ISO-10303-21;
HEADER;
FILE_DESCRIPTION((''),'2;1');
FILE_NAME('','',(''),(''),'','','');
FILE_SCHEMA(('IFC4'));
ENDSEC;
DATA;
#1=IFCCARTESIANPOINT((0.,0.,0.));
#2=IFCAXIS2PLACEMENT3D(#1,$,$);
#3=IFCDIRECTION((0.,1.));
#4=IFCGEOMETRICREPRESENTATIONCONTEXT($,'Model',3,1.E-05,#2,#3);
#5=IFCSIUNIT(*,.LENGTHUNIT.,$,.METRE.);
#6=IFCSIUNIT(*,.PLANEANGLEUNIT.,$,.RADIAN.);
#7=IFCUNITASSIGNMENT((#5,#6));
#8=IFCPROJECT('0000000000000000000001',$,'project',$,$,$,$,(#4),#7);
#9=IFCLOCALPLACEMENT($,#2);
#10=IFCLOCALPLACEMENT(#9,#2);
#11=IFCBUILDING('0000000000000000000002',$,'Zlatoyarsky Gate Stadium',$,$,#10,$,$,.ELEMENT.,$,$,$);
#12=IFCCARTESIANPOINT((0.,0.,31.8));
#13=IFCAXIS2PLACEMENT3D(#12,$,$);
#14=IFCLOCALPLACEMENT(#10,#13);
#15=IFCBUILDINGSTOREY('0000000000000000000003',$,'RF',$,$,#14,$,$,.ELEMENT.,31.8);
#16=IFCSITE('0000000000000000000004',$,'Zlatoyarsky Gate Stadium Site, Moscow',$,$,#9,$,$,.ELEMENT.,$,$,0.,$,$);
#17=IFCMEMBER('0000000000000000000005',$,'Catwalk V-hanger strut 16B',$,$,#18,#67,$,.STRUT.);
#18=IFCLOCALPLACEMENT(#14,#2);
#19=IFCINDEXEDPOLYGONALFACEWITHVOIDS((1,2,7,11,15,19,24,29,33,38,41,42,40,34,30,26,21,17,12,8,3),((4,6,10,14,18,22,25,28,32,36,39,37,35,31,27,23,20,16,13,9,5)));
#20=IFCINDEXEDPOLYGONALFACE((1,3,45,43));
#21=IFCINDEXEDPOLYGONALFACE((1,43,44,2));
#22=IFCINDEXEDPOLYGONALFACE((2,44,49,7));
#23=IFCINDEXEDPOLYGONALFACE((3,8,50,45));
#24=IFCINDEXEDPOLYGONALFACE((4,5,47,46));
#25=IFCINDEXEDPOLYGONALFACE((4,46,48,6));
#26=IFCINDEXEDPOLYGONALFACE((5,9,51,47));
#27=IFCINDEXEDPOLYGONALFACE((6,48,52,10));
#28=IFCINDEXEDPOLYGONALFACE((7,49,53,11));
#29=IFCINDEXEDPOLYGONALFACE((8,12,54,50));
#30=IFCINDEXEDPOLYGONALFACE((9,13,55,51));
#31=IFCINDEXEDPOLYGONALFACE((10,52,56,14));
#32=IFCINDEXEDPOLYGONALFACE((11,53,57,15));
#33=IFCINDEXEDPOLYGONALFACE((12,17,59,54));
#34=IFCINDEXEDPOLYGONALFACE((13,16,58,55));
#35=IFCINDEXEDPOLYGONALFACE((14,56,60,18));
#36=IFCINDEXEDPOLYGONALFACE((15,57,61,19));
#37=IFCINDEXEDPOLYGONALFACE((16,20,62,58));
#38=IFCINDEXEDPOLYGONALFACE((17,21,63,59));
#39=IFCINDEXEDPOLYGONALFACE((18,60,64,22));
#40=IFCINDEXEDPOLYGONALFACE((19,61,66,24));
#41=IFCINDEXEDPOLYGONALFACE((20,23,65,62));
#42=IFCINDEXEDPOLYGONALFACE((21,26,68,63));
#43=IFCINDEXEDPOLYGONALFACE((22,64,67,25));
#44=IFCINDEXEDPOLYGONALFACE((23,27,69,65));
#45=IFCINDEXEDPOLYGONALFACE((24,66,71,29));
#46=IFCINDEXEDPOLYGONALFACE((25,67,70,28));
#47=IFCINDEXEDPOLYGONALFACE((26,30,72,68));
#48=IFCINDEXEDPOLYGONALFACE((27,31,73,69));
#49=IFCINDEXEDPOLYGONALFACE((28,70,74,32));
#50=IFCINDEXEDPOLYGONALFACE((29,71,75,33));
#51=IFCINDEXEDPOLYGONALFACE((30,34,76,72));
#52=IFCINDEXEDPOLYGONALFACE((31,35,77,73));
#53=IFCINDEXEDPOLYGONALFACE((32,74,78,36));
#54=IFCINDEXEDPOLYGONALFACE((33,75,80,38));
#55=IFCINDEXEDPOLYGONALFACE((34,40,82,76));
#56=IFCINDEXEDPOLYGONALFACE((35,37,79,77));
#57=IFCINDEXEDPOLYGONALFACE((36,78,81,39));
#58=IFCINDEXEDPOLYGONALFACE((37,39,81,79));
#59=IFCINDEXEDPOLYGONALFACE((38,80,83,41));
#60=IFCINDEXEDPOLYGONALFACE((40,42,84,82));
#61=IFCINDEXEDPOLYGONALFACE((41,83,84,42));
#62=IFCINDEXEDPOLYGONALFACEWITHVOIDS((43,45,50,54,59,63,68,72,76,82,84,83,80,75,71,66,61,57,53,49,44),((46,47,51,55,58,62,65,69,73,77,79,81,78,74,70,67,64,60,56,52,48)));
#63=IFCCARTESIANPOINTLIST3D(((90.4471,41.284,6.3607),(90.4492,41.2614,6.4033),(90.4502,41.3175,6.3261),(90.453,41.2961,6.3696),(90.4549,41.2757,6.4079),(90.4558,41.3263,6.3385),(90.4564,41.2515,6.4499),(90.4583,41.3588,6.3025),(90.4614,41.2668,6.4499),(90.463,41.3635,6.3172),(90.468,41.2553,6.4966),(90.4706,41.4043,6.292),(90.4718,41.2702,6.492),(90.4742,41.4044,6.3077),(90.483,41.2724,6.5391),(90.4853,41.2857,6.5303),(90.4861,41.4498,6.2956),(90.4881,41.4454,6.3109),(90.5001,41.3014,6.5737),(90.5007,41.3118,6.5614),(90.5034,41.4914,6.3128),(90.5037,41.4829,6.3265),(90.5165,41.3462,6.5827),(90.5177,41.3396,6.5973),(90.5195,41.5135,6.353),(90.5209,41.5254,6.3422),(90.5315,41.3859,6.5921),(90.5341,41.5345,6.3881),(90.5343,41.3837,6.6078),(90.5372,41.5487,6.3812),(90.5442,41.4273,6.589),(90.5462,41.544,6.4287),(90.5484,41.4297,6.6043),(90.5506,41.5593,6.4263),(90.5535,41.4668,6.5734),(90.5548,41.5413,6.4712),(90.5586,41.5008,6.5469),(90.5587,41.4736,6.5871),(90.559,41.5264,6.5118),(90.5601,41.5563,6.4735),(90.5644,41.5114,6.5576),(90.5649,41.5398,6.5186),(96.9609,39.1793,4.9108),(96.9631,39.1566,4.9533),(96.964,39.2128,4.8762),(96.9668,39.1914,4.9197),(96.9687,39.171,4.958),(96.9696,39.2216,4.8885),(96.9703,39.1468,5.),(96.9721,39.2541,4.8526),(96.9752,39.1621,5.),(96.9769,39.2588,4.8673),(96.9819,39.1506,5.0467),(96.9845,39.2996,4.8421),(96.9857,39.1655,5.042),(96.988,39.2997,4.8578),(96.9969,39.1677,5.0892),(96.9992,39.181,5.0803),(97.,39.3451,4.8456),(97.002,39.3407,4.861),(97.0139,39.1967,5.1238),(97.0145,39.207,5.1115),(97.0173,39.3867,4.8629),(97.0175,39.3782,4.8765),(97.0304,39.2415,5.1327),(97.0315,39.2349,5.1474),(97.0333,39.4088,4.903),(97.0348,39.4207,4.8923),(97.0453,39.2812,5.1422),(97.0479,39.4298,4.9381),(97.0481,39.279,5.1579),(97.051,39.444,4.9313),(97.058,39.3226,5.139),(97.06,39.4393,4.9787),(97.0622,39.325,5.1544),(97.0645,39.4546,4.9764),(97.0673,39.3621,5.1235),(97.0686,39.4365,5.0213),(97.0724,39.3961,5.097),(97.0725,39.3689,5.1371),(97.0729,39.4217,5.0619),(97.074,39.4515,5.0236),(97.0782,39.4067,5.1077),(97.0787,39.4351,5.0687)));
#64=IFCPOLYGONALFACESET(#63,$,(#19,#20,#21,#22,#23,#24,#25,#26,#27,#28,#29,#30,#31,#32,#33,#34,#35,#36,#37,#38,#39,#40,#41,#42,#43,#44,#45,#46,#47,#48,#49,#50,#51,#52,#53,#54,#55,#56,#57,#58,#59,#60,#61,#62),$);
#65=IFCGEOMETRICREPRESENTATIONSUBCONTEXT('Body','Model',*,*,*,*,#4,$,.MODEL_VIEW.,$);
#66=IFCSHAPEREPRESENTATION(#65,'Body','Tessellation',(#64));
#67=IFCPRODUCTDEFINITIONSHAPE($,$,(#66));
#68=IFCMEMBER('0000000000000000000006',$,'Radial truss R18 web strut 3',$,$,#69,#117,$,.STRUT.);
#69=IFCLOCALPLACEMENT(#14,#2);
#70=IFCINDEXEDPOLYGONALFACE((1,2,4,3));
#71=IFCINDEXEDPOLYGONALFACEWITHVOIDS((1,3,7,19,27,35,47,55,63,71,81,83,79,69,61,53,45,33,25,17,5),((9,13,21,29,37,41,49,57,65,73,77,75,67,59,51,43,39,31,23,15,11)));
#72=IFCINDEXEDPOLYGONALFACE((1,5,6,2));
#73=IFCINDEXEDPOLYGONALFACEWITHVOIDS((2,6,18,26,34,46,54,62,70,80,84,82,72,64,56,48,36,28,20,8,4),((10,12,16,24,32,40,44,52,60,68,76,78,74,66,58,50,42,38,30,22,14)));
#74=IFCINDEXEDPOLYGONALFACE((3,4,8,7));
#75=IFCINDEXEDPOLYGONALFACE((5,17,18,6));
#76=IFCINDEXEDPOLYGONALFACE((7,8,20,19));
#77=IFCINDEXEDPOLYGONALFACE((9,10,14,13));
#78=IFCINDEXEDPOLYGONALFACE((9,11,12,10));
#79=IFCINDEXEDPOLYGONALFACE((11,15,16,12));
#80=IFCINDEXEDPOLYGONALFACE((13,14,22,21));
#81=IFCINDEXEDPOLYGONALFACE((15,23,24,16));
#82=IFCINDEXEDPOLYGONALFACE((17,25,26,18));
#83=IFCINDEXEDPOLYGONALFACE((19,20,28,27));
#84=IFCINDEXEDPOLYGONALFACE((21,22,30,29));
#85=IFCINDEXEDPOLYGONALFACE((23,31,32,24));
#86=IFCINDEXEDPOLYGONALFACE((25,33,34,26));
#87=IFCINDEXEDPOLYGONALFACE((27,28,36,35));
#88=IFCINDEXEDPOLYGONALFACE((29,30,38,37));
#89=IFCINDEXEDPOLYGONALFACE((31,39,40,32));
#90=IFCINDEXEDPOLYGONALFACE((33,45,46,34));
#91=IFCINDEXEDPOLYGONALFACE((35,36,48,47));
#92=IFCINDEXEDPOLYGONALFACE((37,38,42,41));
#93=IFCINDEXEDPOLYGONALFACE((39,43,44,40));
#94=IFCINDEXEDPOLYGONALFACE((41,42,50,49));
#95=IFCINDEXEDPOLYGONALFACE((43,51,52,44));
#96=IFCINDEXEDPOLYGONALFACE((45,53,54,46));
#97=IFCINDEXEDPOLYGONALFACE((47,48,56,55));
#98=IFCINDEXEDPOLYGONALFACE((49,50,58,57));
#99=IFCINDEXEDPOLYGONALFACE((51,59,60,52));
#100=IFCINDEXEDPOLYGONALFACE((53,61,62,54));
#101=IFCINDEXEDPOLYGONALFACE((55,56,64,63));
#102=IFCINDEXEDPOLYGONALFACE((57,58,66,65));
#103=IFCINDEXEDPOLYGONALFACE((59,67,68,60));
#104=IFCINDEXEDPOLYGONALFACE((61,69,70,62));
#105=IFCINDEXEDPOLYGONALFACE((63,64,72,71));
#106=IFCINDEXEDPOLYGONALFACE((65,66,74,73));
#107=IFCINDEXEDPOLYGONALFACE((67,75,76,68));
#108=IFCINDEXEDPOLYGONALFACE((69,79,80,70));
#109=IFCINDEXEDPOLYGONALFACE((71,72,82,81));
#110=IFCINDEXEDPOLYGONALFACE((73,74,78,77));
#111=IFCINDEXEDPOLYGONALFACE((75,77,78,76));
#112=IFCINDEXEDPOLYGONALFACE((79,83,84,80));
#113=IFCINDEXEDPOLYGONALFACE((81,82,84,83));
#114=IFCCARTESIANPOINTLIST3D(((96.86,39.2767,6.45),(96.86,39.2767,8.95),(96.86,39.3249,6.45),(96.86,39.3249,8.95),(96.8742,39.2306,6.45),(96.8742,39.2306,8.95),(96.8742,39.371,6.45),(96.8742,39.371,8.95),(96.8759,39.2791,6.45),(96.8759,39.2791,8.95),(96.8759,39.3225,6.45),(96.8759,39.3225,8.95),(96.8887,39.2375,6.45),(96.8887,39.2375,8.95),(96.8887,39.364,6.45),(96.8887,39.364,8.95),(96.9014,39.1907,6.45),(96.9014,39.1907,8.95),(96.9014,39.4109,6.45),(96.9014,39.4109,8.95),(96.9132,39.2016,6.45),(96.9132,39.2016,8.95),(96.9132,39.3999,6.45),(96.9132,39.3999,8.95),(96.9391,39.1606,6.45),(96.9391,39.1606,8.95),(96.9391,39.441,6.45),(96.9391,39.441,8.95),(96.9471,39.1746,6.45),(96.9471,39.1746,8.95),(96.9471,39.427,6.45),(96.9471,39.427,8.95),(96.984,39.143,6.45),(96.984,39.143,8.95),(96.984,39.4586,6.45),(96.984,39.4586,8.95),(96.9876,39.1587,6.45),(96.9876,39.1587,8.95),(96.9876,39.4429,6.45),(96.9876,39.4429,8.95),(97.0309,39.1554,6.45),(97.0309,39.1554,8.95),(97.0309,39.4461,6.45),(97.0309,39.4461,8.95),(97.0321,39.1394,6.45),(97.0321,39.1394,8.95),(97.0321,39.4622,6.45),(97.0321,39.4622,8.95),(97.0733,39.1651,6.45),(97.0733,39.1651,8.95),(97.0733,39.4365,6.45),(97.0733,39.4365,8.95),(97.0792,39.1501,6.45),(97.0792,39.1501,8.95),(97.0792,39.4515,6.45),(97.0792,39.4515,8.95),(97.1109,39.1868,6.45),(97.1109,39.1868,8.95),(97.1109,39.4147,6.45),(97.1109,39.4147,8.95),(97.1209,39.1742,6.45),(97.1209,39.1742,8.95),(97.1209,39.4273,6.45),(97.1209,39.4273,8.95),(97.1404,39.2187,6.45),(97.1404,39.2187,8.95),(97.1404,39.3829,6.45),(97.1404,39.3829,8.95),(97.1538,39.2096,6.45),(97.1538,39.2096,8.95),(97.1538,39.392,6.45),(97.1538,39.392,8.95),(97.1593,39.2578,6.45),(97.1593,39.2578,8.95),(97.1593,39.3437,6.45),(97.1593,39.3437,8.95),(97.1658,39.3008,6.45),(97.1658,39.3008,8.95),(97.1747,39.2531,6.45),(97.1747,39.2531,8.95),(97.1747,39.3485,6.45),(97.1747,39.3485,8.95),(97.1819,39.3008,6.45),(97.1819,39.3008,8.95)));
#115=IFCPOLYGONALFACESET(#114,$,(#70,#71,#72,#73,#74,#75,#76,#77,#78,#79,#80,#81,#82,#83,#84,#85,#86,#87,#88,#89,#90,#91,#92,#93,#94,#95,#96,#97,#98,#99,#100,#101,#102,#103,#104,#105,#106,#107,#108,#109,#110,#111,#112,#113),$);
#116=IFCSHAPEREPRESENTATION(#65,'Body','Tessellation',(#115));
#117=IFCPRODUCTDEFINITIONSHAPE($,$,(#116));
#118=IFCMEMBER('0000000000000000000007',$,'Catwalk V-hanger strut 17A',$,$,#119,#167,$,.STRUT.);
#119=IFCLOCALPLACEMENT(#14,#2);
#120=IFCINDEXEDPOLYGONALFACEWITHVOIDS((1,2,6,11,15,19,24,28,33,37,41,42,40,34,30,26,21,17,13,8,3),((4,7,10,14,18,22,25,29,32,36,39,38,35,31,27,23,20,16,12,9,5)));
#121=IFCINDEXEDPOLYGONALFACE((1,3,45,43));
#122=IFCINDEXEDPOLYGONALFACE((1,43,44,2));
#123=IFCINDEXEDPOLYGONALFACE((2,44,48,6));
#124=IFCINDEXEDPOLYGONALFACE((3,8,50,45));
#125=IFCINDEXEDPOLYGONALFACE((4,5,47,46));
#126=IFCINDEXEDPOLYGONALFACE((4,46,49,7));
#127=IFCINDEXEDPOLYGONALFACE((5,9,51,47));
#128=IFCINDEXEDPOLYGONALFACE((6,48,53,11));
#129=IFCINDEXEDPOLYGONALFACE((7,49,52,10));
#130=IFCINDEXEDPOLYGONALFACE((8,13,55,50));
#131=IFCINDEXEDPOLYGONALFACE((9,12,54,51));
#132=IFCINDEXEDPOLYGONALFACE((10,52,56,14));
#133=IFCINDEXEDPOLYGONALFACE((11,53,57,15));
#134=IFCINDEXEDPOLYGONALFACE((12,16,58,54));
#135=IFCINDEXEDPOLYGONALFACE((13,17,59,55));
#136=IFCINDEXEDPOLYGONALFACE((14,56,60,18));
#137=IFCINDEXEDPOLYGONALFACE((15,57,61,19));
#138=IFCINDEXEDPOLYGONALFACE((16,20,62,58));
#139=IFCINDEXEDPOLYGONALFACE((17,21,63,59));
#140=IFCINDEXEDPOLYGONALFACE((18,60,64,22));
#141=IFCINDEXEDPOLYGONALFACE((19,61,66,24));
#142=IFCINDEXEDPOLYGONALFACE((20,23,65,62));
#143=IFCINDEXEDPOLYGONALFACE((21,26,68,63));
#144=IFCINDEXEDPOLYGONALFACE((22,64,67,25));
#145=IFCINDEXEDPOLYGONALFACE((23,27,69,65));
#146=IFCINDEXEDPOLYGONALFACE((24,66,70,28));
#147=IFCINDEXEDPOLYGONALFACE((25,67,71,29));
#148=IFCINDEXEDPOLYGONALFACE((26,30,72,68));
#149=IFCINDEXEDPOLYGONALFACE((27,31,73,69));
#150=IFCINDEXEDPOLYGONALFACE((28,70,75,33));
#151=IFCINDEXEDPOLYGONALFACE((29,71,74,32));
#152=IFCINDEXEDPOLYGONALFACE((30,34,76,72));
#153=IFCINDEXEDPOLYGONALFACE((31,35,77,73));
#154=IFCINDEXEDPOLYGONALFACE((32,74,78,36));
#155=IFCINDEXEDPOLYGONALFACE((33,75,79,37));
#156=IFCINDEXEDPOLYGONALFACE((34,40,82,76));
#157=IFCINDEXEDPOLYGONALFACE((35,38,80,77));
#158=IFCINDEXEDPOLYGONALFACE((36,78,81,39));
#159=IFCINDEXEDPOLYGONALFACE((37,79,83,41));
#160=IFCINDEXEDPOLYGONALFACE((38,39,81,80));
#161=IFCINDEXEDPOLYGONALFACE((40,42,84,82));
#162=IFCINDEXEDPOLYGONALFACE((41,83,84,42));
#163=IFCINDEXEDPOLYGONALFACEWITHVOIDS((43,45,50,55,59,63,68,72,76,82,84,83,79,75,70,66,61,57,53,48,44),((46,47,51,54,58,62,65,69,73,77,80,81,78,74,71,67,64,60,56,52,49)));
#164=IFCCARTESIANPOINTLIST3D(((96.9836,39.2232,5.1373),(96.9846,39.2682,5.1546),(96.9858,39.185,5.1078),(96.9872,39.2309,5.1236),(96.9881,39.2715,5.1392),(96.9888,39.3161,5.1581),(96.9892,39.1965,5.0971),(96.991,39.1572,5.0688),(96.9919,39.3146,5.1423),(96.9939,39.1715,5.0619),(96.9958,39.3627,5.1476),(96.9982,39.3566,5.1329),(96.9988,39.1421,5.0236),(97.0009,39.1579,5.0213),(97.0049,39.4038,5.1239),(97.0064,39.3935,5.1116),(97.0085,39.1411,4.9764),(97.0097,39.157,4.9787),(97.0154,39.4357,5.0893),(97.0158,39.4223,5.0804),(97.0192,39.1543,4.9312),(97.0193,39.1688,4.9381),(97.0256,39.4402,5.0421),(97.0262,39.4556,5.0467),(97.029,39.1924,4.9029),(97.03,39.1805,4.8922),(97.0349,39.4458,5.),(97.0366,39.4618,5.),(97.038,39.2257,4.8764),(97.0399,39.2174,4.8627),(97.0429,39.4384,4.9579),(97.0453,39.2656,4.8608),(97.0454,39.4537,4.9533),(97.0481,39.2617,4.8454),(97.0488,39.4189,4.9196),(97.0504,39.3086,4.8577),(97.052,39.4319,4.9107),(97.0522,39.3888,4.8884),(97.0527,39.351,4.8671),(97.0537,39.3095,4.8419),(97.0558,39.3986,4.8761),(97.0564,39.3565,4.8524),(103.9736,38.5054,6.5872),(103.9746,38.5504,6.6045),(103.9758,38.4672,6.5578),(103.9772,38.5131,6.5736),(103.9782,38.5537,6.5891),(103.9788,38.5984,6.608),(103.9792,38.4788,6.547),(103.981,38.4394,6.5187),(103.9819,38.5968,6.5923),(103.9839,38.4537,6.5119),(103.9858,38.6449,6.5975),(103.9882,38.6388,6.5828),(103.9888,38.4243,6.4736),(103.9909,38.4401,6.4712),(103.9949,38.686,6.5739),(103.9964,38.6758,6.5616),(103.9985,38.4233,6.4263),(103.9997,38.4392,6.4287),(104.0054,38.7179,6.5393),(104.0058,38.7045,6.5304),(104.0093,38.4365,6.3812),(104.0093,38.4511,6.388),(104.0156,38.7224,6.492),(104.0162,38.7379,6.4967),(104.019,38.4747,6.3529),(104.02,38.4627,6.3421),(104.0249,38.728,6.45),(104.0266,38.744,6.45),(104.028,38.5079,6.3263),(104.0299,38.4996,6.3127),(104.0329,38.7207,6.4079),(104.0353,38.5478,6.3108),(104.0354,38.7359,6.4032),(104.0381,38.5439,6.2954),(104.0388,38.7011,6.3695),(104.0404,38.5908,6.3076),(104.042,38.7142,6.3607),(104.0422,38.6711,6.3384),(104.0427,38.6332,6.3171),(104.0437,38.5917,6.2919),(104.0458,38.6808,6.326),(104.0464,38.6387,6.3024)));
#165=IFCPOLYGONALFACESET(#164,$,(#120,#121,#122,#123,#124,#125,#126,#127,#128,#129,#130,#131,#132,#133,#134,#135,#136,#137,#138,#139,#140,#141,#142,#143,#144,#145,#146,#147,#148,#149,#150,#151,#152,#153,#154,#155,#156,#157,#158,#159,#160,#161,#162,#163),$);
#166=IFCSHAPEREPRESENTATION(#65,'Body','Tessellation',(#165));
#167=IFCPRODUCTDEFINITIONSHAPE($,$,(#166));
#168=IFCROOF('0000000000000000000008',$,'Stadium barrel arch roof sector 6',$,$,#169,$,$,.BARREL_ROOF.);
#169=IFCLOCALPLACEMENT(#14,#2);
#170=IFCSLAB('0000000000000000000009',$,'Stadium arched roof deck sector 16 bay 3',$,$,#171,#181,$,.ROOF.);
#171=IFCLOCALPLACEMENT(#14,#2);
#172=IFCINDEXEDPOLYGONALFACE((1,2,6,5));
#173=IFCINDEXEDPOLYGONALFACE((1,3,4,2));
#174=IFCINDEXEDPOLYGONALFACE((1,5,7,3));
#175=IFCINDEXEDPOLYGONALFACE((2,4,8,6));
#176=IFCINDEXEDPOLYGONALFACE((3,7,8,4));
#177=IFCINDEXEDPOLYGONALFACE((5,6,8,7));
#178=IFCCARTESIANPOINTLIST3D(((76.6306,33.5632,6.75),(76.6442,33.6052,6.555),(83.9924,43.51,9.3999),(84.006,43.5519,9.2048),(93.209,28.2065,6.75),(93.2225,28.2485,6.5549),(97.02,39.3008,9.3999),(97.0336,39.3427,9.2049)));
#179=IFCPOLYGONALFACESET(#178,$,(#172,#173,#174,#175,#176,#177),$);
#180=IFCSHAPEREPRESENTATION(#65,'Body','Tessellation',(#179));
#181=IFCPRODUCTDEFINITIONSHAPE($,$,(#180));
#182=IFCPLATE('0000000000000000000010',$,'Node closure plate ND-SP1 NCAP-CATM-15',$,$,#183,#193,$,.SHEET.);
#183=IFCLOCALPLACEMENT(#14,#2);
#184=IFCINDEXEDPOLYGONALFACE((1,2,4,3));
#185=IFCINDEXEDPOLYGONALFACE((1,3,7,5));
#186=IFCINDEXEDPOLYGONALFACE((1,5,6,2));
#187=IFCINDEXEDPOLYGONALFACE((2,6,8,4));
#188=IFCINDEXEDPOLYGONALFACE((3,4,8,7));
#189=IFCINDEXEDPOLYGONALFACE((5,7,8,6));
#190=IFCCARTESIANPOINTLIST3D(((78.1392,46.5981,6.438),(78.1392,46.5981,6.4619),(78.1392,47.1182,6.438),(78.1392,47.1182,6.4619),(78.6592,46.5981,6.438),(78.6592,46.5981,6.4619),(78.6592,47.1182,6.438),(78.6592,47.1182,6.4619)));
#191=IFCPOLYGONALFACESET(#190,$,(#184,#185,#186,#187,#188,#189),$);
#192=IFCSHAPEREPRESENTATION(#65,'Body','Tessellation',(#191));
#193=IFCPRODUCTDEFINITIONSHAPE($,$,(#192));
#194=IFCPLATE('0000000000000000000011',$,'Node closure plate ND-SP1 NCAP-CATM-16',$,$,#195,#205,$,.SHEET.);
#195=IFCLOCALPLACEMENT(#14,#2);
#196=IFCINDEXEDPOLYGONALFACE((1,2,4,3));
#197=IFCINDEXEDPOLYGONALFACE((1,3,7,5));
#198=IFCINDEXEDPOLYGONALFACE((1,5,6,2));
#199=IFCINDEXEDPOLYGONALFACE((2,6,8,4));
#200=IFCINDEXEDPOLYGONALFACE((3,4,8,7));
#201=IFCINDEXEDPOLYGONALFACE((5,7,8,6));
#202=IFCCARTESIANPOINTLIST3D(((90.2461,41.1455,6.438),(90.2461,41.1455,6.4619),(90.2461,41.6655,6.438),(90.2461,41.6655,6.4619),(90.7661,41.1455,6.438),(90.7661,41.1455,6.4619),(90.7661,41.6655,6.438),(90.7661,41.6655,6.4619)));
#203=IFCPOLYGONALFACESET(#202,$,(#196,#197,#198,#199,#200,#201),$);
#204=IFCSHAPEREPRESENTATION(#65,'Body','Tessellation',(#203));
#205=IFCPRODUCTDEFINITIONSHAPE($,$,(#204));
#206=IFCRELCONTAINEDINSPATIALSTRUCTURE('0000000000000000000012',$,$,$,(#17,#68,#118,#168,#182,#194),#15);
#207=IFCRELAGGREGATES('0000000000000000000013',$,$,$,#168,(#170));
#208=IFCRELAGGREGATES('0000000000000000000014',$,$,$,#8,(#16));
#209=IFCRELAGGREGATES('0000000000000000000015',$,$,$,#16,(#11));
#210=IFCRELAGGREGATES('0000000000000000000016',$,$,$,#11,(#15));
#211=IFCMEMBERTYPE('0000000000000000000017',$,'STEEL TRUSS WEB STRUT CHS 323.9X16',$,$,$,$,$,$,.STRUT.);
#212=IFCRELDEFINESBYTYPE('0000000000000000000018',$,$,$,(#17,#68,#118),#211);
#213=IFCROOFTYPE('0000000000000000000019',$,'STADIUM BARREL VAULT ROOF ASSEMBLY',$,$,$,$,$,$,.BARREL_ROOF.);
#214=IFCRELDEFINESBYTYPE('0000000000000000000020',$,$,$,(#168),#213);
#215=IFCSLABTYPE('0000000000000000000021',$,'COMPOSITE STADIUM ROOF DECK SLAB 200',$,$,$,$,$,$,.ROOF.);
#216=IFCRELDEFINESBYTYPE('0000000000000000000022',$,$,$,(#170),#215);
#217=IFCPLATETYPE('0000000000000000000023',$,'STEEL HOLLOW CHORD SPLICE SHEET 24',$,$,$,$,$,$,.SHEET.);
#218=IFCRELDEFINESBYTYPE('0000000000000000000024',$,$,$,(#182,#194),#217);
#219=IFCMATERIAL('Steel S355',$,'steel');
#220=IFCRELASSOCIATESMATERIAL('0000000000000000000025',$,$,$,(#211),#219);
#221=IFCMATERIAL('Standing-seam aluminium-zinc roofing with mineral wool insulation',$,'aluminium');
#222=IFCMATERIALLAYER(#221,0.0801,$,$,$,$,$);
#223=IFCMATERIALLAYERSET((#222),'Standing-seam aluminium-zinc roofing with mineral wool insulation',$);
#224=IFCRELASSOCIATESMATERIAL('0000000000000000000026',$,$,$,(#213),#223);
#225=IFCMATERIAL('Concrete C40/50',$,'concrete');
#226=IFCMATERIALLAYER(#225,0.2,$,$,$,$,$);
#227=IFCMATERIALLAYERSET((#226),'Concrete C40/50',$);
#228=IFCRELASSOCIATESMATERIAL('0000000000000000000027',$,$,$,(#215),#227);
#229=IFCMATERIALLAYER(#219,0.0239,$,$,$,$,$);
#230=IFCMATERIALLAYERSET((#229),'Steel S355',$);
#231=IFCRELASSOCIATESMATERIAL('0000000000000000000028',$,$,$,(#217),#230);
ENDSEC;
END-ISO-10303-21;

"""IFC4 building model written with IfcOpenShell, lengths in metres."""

from ifc_helpers import new_model, si_unit, direction, frame, origin, origin_2d, place, context, subcontext, project, spatial, polyline, rectangle, hollow_circle, outline, extrude, material, layer, layer_set, material_profile, profile_set, type_object, element, aggregate, save


model = new_model("IFC4")

# Units and contexts
model_context = context("Model", 3, precision=1e-05, world=origin(), true_north=direction((0.0, 1.0)))
body_context = subcontext(model_context, "Body", "Model", "MODEL_VIEW")
ifc_project = project(units=[si_unit("LENGTHUNIT", "METRE"), si_unit("PLANEANGLEUNIT", "RADIAN")], contexts=[model_context])

# Site, building, storey
site_placement = place(None, origin())
site = spatial("IfcSite", under=ifc_project, at=site_placement, Name="Zlatoyarsky Gate Stadium Site, Moscow", CompositionType="ELEMENT", RefElevation=0.0)
building_placement = place(site_placement, origin())
building = spatial("IfcBuilding", under=site, at=building_placement, Name="Zlatoyarsky Gate Stadium", CompositionType="ELEMENT")
storey_placement = place(building_placement, frame((0.0, 0.0, 31.8)))
storey = spatial("IfcBuildingStorey", under=building, at=storey_placement, Name="RF", CompositionType="ELEMENT", Elevation=31.8)

# Shared definitions
ifc_material_1 = material(Name="Steel S355", Category="steel")

# Members
ifc_material_profile_1 = material_profile(ifc_material_1, hollow_circle(Radius=0.1619, WallThickness=0.0161, at=origin_2d()), Name="CHS 323.9X16")
ifc_profile_set_1 = profile_set([ifc_material_profile_1], Name="Steel S355")
member_type_1 = type_object("IfcMemberType", Name="STEEL TRUSS WEB STRUT CHS 323.9X16", PredefinedType="STRUT", material=ifc_profile_set_1)
member_1_placement = place(storey_placement, frame((97.02, 39.3008, 5.0), z_axis=(-0.930907, 0.300789, 0.207213), x_axis=(-0.307462, -0.95156, 0.0)))
element("IfcMember", 1, at=member_1_placement, inside=storey, type_object=member_type_1, Name="Catwalk V-hanger strut 16B", PredefinedType="STRUT", context=body_context, shape_type="SweptSolid", body=[
    extrude(hollow_circle(Radius=0.1619, WallThickness=0.0161, at=origin_2d()), origin(), (0.0, 0.0, 1.0), 6.9973),
])
member_2_placement = place(storey_placement, frame((97.02, 39.3008, 6.45), z_axis=(0.0, 0.0, 1.0), x_axis=(1.0, 0.0, 0.0)))
element("IfcMember", 2, at=member_2_placement, inside=storey, type_object=member_type_1, Name="Radial truss R18 web strut 3", PredefinedType="STRUT", context=body_context, shape_type="SweptSolid", body=[
    extrude(hollow_circle(Radius=0.1619, WallThickness=0.0161, at=origin_2d()), origin(), (0.0, 0.0, 1.0), 2.5),
])
member_3_placement = place(storey_placement, frame((97.02, 39.3008, 5.0), z_axis=(0.974244, -0.100041, 0.20209), x_axis=(0.102149, 0.994769, 0.0)))
element("IfcMember", 3, at=member_3_placement, inside=storey, type_object=member_type_1, Name="Catwalk V-hanger strut 17A", PredefinedType="STRUT", context=body_context, shape_type="SweptSolid", body=[
    extrude(hollow_circle(Radius=0.1619, WallThickness=0.0161, at=origin_2d()), origin(), (0.0, 0.0, 1.0), 7.1748),
])

# Roof, slab
ifc_material_2 = material(Name="Standing-seam aluminium-zinc roofing with mineral wool insulation", Category="aluminium")
ifc_layer_1 = layer(ifc_material_2, 0.0801)
ifc_layer_set_1 = layer_set([ifc_layer_1], Name="Standing-seam aluminium-zinc roofing with mineral wool insulation")
roof_type = type_object("IfcRoofType", Name="STADIUM BARREL VAULT ROOF ASSEMBLY", PredefinedType="BARREL_ROOF", material=ifc_layer_set_1)
roof_placement = place(storey_placement, origin())
roof = element("IfcRoof", 4, at=roof_placement, inside=storey, type_object=roof_type, Name="Stadium barrel arch roof sector 6", PredefinedType="BARREL_ROOF")
ifc_material_3 = material(Name="Concrete C40/50", Category="concrete")
ifc_layer_2 = layer(ifc_material_3, 0.2)
ifc_layer_set_2 = layer_set([ifc_layer_2], Name="Concrete C40/50")
slab_type = type_object("IfcSlabType", Name="COMPOSITE STADIUM ROOF DECK SLAB 200", PredefinedType="ROOF", material=ifc_layer_set_2)
slab_placement = place(storey_placement, frame((76.6306, 33.5632, 6.75), z_axis=(-0.067758, -0.209707, 0.975414), x_axis=(0.951561, -0.307461, -0.000001)))
slab = element("IfcSlab", 5, at=slab_placement, type_object=slab_type, Name="Stadium arched roof deck sector 16 bay 3", PredefinedType="ROOF", context=body_context, shape_type="SweptSolid", body=[
    extrude(outline(polyline([(0.0, 0.0), (17.4223, 0.0), (17.6377, 12.0242), (3.947, 12.0241), (0.0, 0.0)])), origin(), (0.0, 0.0, -1.0), 0.2),
])

# Plates
ifc_layer_3 = layer(ifc_material_1, 0.0239)
ifc_layer_set_3 = layer_set([ifc_layer_3], Name="Steel S355")
plate_type_1 = type_object("IfcPlateType", Name="STEEL HOLLOW CHORD SPLICE SHEET 24", PredefinedType="SHEET", material=ifc_layer_set_3)
for number, where, z_axis, x_axis, name in (
    (6, (78.3992, 46.8582, 6.438), (0.0, 0.0, 1.0), (1.0, 0.0, 0.0), "Node closure plate ND-SP1 NCAP-CATM-15"),
    (7, (90.5061, 41.4055, 6.438), (0.0, 0.0, 1.0), (1.0, 0.0, 0.0), "Node closure plate ND-SP1 NCAP-CATM-16"),
):
    element("IfcPlate", number, at=place(storey_placement, frame(where, z_axis=z_axis, x_axis=x_axis)), inside=storey, type_object=plate_type_1, Name=name, PredefinedType="SHEET", context=body_context, shape_type="SweptSolid", body=[
        extrude(rectangle(XDim=0.52, YDim=0.52, at=origin_2d()), origin(), (0.0, 0.0, 1.0), 0.0239),
    ])

aggregate(roof, [slab])

save(model, "model.ifc")
